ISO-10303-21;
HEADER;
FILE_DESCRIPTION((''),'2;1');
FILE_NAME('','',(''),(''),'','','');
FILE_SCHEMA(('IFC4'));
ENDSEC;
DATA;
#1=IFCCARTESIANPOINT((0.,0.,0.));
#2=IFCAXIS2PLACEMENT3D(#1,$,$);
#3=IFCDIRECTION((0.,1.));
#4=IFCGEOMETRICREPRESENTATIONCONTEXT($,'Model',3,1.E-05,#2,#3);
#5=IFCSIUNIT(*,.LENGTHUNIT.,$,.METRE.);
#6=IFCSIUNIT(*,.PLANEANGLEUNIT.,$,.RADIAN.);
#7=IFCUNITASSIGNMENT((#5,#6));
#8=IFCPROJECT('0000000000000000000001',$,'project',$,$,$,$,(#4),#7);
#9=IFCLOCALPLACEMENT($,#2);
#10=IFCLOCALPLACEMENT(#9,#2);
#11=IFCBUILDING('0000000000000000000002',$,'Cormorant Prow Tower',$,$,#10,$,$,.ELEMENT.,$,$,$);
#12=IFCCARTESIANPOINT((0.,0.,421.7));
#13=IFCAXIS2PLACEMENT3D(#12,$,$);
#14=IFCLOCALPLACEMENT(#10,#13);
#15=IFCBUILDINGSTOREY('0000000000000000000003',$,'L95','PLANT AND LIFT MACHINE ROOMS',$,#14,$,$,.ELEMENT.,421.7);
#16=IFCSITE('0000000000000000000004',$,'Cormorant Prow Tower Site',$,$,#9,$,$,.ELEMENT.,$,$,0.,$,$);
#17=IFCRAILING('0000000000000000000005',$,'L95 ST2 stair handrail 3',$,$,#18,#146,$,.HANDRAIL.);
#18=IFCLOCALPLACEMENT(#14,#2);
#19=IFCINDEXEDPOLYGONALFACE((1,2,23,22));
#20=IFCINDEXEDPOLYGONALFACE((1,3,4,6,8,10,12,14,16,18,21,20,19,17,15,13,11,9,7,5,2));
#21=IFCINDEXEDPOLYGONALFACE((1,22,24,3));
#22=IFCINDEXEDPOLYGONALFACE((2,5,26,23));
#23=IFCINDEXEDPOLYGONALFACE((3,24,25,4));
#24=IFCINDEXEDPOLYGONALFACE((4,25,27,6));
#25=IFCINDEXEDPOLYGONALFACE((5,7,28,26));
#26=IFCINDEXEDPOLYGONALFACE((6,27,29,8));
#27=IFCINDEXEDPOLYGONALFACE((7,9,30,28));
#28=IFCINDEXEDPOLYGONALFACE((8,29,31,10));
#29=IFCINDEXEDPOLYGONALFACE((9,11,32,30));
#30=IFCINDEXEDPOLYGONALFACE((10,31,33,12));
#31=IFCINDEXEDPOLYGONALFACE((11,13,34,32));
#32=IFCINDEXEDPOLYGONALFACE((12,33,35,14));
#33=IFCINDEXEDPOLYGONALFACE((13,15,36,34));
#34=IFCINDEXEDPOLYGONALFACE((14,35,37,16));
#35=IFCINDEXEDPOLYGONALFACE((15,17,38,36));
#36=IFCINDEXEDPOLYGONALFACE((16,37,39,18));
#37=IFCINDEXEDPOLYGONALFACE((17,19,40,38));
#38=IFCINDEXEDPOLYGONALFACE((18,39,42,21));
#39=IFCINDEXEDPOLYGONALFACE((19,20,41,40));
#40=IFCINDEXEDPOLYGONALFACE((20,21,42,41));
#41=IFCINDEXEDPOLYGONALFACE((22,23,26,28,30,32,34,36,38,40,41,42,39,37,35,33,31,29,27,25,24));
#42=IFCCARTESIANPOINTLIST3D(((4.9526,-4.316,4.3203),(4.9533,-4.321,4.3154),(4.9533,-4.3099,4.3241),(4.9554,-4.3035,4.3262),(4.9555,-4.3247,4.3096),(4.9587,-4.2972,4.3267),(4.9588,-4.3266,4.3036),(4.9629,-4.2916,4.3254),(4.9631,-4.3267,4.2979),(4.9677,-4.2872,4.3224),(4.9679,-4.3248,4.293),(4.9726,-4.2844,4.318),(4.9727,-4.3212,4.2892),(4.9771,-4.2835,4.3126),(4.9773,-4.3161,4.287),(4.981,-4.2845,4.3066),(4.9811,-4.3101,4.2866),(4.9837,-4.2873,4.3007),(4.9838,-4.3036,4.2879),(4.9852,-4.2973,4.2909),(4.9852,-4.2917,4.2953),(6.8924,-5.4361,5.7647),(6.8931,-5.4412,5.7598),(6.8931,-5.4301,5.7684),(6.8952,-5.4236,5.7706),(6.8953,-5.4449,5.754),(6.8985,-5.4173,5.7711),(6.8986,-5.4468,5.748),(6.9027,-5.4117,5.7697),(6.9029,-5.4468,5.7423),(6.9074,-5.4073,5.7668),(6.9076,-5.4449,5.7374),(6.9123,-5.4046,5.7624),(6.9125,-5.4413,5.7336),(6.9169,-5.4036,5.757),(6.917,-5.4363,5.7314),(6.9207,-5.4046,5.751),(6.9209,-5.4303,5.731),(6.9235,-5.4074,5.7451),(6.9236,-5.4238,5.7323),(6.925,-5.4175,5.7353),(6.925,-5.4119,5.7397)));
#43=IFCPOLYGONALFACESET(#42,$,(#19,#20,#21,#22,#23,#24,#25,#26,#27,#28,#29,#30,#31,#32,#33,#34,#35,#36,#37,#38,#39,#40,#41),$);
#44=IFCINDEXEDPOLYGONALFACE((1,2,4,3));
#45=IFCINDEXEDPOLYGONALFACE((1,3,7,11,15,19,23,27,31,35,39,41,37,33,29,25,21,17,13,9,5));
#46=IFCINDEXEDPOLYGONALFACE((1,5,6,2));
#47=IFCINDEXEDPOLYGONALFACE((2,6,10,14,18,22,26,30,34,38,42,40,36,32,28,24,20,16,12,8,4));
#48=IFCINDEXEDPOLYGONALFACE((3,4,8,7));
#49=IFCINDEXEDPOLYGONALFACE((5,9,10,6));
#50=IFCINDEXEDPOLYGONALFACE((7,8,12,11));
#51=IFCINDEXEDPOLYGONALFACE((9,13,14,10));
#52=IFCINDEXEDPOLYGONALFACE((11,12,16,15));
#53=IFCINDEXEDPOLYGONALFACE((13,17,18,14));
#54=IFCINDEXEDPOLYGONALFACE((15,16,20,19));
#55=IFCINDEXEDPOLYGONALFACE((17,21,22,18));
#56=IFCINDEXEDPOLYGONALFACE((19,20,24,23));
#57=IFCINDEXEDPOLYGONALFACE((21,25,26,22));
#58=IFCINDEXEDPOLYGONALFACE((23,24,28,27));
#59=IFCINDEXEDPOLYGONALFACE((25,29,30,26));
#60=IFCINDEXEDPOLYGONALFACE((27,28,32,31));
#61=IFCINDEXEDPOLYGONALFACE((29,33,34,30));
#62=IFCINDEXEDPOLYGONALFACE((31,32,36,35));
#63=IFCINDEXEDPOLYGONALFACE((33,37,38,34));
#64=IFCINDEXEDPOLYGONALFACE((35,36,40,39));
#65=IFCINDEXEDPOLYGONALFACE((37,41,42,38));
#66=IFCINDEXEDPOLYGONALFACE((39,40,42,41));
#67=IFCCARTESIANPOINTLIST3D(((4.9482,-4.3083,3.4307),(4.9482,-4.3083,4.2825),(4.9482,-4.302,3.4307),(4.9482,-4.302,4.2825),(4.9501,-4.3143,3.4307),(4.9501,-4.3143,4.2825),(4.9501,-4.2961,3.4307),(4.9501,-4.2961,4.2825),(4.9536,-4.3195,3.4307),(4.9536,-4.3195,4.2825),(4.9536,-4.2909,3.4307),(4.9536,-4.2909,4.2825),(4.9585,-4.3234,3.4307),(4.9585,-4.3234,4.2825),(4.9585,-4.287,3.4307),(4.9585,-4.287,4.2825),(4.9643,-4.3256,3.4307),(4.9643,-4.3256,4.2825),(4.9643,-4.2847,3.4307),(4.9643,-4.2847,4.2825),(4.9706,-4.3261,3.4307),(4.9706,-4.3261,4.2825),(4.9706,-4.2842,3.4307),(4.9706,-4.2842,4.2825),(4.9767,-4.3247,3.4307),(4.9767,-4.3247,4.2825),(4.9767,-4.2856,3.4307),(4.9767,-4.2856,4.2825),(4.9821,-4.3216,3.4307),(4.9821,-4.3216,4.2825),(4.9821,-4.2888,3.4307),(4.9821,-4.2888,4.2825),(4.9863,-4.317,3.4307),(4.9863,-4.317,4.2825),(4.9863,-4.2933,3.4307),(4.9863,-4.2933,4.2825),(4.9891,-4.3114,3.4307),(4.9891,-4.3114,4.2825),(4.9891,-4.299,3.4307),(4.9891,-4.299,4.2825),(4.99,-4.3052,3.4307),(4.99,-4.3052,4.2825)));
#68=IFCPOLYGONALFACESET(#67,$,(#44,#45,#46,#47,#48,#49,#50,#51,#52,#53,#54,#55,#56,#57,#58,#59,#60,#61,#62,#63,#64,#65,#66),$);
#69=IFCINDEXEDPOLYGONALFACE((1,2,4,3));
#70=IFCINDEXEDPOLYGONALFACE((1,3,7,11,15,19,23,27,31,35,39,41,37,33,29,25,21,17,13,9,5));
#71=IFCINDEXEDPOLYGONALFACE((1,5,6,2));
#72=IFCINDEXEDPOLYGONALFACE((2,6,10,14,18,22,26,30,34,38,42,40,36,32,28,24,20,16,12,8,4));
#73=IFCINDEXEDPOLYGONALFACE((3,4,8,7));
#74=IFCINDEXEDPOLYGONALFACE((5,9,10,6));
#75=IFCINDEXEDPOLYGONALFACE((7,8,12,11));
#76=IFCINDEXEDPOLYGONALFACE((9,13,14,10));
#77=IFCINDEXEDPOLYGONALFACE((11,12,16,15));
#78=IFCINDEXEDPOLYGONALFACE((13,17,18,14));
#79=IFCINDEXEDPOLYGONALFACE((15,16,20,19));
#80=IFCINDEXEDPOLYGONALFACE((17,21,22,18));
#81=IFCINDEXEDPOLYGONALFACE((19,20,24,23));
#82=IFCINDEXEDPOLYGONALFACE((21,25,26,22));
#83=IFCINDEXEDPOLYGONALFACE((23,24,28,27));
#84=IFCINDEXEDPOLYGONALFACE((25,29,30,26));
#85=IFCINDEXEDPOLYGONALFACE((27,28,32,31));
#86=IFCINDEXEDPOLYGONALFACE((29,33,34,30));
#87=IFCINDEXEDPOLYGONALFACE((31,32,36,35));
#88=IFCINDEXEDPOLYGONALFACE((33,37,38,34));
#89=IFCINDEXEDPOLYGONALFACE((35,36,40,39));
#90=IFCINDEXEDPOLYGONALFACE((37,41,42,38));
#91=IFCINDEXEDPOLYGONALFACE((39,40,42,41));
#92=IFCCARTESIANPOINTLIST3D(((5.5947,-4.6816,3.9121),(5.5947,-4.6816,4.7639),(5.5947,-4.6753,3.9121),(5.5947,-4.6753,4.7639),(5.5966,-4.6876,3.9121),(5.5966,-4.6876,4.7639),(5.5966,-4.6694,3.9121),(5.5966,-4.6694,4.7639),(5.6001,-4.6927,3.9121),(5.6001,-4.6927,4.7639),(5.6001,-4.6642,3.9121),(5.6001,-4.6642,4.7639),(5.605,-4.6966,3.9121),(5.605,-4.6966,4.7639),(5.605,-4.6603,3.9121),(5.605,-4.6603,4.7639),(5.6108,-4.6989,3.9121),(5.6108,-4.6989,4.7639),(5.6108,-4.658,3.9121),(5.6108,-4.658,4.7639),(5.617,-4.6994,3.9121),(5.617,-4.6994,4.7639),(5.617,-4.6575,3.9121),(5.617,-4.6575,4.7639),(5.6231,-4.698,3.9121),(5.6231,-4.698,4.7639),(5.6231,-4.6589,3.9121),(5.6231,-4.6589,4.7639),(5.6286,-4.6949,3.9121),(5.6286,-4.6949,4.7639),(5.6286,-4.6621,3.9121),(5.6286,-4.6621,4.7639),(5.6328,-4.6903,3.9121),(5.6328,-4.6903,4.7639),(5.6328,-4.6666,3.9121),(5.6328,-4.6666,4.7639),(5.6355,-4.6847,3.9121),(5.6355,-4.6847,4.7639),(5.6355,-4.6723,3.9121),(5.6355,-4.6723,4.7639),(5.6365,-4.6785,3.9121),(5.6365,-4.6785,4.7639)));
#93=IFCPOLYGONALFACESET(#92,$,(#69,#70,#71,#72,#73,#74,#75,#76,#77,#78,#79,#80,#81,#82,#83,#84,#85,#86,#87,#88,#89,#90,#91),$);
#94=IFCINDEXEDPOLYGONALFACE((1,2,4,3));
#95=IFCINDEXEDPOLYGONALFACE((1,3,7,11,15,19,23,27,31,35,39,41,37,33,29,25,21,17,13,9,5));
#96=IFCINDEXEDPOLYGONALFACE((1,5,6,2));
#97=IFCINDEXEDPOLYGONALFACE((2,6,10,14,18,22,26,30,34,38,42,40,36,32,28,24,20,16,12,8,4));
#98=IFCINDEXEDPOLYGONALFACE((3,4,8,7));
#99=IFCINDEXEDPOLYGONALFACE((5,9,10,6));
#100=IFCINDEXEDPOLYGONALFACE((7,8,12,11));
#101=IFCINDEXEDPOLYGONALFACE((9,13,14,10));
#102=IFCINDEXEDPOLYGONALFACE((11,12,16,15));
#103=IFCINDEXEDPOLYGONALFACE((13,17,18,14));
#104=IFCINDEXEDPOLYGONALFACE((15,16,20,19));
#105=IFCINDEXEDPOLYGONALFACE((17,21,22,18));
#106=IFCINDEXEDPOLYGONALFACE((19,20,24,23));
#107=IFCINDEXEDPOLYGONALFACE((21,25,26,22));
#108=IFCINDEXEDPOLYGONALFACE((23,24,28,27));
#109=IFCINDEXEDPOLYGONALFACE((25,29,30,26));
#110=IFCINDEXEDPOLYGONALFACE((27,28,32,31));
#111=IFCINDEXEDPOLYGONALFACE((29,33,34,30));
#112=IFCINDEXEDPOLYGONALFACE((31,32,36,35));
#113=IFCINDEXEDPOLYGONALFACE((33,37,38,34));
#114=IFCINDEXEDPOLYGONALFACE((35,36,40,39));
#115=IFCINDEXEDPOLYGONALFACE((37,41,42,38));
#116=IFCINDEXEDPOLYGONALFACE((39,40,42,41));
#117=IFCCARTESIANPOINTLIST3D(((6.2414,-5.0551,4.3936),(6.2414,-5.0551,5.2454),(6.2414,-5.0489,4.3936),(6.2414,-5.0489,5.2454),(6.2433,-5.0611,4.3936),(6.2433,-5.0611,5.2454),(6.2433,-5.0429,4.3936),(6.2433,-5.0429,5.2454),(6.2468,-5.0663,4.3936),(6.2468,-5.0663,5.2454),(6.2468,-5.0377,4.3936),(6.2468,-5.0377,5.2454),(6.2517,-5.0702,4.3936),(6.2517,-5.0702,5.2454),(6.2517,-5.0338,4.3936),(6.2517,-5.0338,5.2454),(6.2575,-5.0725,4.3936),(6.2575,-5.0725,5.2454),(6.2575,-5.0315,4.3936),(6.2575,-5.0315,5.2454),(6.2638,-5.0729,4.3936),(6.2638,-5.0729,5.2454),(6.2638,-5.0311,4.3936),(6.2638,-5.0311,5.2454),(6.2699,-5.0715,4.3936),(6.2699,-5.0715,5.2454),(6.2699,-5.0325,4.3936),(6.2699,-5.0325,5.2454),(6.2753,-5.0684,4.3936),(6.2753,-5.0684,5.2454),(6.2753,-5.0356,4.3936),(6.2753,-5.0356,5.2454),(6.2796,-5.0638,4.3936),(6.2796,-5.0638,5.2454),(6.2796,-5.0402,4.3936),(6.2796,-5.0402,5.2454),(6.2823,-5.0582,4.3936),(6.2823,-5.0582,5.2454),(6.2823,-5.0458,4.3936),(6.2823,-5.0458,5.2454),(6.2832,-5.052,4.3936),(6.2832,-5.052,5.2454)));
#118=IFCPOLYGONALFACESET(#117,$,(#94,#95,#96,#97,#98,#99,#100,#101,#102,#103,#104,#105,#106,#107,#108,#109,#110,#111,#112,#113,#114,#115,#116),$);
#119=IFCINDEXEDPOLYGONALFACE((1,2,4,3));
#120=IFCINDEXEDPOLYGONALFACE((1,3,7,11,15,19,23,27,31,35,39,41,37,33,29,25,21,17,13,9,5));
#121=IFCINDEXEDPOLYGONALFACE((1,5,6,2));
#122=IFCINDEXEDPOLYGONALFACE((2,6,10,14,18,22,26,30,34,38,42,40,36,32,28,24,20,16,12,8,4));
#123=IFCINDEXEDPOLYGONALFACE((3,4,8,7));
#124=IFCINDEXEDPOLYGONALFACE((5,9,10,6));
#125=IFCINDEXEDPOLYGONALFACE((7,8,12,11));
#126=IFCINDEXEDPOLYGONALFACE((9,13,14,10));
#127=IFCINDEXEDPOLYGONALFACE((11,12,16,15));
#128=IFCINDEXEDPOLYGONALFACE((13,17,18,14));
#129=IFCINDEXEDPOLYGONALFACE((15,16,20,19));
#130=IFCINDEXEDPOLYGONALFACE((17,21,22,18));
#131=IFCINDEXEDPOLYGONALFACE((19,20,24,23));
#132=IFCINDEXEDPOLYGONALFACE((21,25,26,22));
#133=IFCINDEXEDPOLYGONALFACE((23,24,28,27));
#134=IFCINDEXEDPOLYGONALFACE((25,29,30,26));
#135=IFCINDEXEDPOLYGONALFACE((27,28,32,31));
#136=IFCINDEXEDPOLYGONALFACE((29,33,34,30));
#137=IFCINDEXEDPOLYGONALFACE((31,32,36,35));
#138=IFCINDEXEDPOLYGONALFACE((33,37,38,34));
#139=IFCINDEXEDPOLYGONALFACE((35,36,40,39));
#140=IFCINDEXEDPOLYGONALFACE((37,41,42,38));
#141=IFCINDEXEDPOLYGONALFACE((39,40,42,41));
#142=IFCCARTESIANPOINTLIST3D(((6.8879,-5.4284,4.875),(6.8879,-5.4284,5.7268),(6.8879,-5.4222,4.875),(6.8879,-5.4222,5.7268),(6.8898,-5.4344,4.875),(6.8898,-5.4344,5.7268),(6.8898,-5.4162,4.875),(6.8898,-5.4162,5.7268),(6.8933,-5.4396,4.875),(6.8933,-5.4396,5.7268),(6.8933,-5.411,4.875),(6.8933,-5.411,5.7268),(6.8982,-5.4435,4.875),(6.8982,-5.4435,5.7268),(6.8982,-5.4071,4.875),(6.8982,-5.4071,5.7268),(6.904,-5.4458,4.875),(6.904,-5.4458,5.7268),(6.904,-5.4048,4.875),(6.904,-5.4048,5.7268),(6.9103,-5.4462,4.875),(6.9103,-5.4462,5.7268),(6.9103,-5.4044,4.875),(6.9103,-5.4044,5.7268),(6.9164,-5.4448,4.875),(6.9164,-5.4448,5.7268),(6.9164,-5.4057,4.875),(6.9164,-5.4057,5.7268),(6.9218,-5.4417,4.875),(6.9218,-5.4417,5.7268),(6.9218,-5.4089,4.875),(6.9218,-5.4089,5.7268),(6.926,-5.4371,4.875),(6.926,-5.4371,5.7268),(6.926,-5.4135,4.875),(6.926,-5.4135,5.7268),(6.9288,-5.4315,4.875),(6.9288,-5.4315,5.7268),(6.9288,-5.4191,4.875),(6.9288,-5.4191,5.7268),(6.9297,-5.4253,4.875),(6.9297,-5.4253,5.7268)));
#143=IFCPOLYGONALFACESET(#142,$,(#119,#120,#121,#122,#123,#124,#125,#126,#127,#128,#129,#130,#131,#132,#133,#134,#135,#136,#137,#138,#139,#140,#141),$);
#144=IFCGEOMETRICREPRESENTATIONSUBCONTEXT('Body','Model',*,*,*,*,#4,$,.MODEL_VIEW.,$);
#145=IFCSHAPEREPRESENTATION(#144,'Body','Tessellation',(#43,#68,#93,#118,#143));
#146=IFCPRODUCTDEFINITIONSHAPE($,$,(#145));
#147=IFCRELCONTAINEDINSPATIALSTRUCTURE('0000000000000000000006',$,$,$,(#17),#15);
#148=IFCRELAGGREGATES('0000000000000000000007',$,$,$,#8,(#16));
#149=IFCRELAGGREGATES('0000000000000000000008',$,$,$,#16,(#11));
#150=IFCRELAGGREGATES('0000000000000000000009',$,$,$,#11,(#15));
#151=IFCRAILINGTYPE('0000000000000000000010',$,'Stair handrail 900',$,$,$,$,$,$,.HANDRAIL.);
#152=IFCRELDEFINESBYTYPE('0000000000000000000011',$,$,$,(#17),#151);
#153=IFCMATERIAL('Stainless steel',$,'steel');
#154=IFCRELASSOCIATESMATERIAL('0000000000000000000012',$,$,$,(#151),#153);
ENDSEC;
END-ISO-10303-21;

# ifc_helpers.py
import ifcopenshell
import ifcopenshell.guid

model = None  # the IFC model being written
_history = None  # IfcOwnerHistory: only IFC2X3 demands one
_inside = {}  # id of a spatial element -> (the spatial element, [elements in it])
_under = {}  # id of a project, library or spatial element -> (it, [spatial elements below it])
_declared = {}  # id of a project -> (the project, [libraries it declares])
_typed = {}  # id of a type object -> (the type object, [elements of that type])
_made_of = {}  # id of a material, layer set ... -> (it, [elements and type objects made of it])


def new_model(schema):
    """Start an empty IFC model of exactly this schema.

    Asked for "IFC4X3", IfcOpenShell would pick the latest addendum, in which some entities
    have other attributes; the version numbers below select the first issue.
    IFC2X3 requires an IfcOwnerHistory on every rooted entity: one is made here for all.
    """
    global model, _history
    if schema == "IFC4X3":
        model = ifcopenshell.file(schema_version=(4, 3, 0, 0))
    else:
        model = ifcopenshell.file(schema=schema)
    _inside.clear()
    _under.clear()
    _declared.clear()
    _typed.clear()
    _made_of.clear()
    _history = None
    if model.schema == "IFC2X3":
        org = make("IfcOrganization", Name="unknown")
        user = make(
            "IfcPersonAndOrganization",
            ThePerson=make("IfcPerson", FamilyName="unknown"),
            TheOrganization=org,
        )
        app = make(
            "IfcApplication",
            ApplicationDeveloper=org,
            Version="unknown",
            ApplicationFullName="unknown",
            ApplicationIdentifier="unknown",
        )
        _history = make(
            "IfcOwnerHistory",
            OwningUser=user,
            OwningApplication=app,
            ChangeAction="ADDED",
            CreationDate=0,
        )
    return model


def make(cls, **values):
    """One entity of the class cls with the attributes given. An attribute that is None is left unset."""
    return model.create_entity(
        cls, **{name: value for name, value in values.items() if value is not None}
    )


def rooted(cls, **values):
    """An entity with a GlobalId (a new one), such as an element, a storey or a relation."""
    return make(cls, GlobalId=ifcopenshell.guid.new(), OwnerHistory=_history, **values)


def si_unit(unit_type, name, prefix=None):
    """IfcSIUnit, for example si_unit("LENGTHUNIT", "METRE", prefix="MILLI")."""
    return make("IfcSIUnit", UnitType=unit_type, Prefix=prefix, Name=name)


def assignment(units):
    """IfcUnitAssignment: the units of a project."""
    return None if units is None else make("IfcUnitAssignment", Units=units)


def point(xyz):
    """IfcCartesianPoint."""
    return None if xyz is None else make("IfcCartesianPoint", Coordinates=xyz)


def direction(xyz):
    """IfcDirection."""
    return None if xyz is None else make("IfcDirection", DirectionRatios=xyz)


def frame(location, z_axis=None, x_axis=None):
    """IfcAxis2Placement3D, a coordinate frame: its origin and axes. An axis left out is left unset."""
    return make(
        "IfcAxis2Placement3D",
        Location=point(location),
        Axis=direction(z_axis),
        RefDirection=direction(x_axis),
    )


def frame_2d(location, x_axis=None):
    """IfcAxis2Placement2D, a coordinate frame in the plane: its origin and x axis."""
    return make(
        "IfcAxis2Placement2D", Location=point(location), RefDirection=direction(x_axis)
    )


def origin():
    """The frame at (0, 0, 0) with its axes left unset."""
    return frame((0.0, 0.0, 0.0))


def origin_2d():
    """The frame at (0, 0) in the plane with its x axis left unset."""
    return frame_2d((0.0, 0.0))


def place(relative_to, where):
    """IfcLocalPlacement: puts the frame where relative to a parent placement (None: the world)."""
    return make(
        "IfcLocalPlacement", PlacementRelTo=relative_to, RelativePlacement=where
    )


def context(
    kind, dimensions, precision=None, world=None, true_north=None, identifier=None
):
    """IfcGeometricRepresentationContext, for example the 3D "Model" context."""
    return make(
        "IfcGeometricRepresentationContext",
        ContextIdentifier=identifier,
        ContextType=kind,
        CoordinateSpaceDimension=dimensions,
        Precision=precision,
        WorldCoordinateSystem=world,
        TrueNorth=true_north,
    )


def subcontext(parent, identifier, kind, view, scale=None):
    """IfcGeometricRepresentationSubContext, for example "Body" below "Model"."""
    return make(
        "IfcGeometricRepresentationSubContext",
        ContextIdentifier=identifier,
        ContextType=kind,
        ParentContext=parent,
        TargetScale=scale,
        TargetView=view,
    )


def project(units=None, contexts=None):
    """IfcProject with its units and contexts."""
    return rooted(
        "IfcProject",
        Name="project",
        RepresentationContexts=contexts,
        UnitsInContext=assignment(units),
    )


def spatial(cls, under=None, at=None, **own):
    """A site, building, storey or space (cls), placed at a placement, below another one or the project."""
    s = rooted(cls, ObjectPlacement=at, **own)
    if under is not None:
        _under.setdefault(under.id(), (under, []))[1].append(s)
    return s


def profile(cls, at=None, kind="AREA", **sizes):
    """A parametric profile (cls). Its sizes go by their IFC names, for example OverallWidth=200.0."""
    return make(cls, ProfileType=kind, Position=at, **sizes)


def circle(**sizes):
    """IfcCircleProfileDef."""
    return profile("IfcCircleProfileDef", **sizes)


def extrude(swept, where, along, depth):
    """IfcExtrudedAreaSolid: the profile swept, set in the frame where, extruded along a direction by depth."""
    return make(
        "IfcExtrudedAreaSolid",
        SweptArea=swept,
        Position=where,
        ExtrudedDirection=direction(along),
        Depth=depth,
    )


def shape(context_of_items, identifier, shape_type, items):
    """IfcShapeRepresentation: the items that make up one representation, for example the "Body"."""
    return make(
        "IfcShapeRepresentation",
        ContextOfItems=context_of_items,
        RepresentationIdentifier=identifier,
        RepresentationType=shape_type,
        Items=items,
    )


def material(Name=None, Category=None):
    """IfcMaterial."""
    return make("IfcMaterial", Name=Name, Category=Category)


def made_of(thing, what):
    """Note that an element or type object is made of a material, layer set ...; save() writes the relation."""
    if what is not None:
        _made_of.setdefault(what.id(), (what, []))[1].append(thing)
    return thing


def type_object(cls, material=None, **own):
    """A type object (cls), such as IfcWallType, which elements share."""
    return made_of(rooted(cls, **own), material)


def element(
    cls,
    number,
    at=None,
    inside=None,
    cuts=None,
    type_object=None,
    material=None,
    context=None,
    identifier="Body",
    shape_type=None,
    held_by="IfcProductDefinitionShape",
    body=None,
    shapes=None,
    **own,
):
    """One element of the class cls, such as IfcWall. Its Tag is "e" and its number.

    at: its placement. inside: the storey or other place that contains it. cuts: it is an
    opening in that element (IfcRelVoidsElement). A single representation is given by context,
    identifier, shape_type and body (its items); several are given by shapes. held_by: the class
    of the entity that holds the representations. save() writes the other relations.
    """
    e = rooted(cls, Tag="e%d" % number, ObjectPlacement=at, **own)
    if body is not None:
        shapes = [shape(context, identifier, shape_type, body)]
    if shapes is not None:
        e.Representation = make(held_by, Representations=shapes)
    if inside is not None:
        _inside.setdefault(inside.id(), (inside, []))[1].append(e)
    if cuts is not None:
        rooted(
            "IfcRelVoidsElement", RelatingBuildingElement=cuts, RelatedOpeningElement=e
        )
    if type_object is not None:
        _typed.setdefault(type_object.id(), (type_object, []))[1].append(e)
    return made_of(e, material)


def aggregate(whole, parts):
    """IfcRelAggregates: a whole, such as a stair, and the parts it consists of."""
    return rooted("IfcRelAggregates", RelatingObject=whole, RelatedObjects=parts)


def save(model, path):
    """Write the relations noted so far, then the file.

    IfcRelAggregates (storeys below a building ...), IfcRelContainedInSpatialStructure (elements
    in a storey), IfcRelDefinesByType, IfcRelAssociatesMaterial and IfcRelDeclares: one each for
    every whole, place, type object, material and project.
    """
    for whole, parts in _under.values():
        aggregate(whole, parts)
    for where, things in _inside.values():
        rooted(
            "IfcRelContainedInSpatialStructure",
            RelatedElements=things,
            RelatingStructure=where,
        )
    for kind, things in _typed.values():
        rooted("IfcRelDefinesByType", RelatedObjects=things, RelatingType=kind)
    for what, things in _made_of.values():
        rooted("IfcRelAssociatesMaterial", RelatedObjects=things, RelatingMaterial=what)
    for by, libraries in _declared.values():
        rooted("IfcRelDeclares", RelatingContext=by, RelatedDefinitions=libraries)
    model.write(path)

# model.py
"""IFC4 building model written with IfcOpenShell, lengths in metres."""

from ifc_helpers import new_model, si_unit, direction, frame, origin, origin_2d, place, context, subcontext, project, spatial, circle, extrude, material, type_object, element, save


model = new_model("IFC4")

# Units and contexts
model_context = context("Model", 3, precision=1e-05, world=origin(), true_north=direction((0.0, 1.0)))
body_context = subcontext(model_context, "Body", "Model", "MODEL_VIEW")
ifc_project = project(units=[si_unit("LENGTHUNIT", "METRE"), si_unit("PLANEANGLEUNIT", "RADIAN")], contexts=[model_context])

# Site, building, storey
site_placement = place(None, origin())
site = spatial("IfcSite", under=ifc_project, at=site_placement, Name="Cormorant Prow Tower Site", CompositionType="ELEMENT", RefElevation=0.0)
building_placement = place(site_placement, origin())
building = spatial("IfcBuilding", under=site, at=building_placement, Name="Cormorant Prow Tower", CompositionType="ELEMENT")
storey_placement = place(building_placement, frame((0.0, 0.0, 421.7)))
storey = spatial("IfcBuildingStorey", under=building, at=storey_placement, Name="L95", Description="PLANT AND LIFT MACHINE ROOMS", CompositionType="ELEMENT", Elevation=421.7)

# Railing
ifc_material_1 = material(Name="Stainless steel", Category="steel")
railing_type_1 = type_object("IfcRailingType", Name="Stair handrail 900", PredefinedType="HANDRAIL", material=ifc_material_1)
railing_1_placement = place(storey_placement, frame((4.969, -4.3052, 3.4307)))
element("IfcRailing", 1, at=railing_1_placement, inside=storey, type_object=railing_type_1, Name="L95 ST2 stair handrail 3", PredefinedType="HANDRAIL", context=body_context, shape_type="SweptSolid", body=[
    extrude(circle(Radius=0.0239, at=origin_2d()), frame((0.0, 0.0, 0.876), z_axis=(0.727792, -0.420278, 0.541928), x_axis=(0.500078, 0.86598, 0.0)), (0.0, 0.0, 1.0), 2.6653),
    extrude(circle(Radius=0.021, at=origin_2d()), origin(), (0.0, 0.0, 1.0), 0.8518),
    extrude(circle(Radius=0.021, at=origin_2d()), frame((0.6465, -0.3733, 0.4814)), (0.0, 0.0, 1.0), 0.8518),
    extrude(circle(Radius=0.021, at=origin_2d()), frame((1.2932, -0.7468, 0.9629)), (0.0, 0.0, 1.0), 0.8518),
    extrude(circle(Radius=0.021, at=origin_2d()), frame((1.9397, -1.1201, 1.4443)), (0.0, 0.0, 1.0), 0.8518),
])

save(model, "model.ifc")
